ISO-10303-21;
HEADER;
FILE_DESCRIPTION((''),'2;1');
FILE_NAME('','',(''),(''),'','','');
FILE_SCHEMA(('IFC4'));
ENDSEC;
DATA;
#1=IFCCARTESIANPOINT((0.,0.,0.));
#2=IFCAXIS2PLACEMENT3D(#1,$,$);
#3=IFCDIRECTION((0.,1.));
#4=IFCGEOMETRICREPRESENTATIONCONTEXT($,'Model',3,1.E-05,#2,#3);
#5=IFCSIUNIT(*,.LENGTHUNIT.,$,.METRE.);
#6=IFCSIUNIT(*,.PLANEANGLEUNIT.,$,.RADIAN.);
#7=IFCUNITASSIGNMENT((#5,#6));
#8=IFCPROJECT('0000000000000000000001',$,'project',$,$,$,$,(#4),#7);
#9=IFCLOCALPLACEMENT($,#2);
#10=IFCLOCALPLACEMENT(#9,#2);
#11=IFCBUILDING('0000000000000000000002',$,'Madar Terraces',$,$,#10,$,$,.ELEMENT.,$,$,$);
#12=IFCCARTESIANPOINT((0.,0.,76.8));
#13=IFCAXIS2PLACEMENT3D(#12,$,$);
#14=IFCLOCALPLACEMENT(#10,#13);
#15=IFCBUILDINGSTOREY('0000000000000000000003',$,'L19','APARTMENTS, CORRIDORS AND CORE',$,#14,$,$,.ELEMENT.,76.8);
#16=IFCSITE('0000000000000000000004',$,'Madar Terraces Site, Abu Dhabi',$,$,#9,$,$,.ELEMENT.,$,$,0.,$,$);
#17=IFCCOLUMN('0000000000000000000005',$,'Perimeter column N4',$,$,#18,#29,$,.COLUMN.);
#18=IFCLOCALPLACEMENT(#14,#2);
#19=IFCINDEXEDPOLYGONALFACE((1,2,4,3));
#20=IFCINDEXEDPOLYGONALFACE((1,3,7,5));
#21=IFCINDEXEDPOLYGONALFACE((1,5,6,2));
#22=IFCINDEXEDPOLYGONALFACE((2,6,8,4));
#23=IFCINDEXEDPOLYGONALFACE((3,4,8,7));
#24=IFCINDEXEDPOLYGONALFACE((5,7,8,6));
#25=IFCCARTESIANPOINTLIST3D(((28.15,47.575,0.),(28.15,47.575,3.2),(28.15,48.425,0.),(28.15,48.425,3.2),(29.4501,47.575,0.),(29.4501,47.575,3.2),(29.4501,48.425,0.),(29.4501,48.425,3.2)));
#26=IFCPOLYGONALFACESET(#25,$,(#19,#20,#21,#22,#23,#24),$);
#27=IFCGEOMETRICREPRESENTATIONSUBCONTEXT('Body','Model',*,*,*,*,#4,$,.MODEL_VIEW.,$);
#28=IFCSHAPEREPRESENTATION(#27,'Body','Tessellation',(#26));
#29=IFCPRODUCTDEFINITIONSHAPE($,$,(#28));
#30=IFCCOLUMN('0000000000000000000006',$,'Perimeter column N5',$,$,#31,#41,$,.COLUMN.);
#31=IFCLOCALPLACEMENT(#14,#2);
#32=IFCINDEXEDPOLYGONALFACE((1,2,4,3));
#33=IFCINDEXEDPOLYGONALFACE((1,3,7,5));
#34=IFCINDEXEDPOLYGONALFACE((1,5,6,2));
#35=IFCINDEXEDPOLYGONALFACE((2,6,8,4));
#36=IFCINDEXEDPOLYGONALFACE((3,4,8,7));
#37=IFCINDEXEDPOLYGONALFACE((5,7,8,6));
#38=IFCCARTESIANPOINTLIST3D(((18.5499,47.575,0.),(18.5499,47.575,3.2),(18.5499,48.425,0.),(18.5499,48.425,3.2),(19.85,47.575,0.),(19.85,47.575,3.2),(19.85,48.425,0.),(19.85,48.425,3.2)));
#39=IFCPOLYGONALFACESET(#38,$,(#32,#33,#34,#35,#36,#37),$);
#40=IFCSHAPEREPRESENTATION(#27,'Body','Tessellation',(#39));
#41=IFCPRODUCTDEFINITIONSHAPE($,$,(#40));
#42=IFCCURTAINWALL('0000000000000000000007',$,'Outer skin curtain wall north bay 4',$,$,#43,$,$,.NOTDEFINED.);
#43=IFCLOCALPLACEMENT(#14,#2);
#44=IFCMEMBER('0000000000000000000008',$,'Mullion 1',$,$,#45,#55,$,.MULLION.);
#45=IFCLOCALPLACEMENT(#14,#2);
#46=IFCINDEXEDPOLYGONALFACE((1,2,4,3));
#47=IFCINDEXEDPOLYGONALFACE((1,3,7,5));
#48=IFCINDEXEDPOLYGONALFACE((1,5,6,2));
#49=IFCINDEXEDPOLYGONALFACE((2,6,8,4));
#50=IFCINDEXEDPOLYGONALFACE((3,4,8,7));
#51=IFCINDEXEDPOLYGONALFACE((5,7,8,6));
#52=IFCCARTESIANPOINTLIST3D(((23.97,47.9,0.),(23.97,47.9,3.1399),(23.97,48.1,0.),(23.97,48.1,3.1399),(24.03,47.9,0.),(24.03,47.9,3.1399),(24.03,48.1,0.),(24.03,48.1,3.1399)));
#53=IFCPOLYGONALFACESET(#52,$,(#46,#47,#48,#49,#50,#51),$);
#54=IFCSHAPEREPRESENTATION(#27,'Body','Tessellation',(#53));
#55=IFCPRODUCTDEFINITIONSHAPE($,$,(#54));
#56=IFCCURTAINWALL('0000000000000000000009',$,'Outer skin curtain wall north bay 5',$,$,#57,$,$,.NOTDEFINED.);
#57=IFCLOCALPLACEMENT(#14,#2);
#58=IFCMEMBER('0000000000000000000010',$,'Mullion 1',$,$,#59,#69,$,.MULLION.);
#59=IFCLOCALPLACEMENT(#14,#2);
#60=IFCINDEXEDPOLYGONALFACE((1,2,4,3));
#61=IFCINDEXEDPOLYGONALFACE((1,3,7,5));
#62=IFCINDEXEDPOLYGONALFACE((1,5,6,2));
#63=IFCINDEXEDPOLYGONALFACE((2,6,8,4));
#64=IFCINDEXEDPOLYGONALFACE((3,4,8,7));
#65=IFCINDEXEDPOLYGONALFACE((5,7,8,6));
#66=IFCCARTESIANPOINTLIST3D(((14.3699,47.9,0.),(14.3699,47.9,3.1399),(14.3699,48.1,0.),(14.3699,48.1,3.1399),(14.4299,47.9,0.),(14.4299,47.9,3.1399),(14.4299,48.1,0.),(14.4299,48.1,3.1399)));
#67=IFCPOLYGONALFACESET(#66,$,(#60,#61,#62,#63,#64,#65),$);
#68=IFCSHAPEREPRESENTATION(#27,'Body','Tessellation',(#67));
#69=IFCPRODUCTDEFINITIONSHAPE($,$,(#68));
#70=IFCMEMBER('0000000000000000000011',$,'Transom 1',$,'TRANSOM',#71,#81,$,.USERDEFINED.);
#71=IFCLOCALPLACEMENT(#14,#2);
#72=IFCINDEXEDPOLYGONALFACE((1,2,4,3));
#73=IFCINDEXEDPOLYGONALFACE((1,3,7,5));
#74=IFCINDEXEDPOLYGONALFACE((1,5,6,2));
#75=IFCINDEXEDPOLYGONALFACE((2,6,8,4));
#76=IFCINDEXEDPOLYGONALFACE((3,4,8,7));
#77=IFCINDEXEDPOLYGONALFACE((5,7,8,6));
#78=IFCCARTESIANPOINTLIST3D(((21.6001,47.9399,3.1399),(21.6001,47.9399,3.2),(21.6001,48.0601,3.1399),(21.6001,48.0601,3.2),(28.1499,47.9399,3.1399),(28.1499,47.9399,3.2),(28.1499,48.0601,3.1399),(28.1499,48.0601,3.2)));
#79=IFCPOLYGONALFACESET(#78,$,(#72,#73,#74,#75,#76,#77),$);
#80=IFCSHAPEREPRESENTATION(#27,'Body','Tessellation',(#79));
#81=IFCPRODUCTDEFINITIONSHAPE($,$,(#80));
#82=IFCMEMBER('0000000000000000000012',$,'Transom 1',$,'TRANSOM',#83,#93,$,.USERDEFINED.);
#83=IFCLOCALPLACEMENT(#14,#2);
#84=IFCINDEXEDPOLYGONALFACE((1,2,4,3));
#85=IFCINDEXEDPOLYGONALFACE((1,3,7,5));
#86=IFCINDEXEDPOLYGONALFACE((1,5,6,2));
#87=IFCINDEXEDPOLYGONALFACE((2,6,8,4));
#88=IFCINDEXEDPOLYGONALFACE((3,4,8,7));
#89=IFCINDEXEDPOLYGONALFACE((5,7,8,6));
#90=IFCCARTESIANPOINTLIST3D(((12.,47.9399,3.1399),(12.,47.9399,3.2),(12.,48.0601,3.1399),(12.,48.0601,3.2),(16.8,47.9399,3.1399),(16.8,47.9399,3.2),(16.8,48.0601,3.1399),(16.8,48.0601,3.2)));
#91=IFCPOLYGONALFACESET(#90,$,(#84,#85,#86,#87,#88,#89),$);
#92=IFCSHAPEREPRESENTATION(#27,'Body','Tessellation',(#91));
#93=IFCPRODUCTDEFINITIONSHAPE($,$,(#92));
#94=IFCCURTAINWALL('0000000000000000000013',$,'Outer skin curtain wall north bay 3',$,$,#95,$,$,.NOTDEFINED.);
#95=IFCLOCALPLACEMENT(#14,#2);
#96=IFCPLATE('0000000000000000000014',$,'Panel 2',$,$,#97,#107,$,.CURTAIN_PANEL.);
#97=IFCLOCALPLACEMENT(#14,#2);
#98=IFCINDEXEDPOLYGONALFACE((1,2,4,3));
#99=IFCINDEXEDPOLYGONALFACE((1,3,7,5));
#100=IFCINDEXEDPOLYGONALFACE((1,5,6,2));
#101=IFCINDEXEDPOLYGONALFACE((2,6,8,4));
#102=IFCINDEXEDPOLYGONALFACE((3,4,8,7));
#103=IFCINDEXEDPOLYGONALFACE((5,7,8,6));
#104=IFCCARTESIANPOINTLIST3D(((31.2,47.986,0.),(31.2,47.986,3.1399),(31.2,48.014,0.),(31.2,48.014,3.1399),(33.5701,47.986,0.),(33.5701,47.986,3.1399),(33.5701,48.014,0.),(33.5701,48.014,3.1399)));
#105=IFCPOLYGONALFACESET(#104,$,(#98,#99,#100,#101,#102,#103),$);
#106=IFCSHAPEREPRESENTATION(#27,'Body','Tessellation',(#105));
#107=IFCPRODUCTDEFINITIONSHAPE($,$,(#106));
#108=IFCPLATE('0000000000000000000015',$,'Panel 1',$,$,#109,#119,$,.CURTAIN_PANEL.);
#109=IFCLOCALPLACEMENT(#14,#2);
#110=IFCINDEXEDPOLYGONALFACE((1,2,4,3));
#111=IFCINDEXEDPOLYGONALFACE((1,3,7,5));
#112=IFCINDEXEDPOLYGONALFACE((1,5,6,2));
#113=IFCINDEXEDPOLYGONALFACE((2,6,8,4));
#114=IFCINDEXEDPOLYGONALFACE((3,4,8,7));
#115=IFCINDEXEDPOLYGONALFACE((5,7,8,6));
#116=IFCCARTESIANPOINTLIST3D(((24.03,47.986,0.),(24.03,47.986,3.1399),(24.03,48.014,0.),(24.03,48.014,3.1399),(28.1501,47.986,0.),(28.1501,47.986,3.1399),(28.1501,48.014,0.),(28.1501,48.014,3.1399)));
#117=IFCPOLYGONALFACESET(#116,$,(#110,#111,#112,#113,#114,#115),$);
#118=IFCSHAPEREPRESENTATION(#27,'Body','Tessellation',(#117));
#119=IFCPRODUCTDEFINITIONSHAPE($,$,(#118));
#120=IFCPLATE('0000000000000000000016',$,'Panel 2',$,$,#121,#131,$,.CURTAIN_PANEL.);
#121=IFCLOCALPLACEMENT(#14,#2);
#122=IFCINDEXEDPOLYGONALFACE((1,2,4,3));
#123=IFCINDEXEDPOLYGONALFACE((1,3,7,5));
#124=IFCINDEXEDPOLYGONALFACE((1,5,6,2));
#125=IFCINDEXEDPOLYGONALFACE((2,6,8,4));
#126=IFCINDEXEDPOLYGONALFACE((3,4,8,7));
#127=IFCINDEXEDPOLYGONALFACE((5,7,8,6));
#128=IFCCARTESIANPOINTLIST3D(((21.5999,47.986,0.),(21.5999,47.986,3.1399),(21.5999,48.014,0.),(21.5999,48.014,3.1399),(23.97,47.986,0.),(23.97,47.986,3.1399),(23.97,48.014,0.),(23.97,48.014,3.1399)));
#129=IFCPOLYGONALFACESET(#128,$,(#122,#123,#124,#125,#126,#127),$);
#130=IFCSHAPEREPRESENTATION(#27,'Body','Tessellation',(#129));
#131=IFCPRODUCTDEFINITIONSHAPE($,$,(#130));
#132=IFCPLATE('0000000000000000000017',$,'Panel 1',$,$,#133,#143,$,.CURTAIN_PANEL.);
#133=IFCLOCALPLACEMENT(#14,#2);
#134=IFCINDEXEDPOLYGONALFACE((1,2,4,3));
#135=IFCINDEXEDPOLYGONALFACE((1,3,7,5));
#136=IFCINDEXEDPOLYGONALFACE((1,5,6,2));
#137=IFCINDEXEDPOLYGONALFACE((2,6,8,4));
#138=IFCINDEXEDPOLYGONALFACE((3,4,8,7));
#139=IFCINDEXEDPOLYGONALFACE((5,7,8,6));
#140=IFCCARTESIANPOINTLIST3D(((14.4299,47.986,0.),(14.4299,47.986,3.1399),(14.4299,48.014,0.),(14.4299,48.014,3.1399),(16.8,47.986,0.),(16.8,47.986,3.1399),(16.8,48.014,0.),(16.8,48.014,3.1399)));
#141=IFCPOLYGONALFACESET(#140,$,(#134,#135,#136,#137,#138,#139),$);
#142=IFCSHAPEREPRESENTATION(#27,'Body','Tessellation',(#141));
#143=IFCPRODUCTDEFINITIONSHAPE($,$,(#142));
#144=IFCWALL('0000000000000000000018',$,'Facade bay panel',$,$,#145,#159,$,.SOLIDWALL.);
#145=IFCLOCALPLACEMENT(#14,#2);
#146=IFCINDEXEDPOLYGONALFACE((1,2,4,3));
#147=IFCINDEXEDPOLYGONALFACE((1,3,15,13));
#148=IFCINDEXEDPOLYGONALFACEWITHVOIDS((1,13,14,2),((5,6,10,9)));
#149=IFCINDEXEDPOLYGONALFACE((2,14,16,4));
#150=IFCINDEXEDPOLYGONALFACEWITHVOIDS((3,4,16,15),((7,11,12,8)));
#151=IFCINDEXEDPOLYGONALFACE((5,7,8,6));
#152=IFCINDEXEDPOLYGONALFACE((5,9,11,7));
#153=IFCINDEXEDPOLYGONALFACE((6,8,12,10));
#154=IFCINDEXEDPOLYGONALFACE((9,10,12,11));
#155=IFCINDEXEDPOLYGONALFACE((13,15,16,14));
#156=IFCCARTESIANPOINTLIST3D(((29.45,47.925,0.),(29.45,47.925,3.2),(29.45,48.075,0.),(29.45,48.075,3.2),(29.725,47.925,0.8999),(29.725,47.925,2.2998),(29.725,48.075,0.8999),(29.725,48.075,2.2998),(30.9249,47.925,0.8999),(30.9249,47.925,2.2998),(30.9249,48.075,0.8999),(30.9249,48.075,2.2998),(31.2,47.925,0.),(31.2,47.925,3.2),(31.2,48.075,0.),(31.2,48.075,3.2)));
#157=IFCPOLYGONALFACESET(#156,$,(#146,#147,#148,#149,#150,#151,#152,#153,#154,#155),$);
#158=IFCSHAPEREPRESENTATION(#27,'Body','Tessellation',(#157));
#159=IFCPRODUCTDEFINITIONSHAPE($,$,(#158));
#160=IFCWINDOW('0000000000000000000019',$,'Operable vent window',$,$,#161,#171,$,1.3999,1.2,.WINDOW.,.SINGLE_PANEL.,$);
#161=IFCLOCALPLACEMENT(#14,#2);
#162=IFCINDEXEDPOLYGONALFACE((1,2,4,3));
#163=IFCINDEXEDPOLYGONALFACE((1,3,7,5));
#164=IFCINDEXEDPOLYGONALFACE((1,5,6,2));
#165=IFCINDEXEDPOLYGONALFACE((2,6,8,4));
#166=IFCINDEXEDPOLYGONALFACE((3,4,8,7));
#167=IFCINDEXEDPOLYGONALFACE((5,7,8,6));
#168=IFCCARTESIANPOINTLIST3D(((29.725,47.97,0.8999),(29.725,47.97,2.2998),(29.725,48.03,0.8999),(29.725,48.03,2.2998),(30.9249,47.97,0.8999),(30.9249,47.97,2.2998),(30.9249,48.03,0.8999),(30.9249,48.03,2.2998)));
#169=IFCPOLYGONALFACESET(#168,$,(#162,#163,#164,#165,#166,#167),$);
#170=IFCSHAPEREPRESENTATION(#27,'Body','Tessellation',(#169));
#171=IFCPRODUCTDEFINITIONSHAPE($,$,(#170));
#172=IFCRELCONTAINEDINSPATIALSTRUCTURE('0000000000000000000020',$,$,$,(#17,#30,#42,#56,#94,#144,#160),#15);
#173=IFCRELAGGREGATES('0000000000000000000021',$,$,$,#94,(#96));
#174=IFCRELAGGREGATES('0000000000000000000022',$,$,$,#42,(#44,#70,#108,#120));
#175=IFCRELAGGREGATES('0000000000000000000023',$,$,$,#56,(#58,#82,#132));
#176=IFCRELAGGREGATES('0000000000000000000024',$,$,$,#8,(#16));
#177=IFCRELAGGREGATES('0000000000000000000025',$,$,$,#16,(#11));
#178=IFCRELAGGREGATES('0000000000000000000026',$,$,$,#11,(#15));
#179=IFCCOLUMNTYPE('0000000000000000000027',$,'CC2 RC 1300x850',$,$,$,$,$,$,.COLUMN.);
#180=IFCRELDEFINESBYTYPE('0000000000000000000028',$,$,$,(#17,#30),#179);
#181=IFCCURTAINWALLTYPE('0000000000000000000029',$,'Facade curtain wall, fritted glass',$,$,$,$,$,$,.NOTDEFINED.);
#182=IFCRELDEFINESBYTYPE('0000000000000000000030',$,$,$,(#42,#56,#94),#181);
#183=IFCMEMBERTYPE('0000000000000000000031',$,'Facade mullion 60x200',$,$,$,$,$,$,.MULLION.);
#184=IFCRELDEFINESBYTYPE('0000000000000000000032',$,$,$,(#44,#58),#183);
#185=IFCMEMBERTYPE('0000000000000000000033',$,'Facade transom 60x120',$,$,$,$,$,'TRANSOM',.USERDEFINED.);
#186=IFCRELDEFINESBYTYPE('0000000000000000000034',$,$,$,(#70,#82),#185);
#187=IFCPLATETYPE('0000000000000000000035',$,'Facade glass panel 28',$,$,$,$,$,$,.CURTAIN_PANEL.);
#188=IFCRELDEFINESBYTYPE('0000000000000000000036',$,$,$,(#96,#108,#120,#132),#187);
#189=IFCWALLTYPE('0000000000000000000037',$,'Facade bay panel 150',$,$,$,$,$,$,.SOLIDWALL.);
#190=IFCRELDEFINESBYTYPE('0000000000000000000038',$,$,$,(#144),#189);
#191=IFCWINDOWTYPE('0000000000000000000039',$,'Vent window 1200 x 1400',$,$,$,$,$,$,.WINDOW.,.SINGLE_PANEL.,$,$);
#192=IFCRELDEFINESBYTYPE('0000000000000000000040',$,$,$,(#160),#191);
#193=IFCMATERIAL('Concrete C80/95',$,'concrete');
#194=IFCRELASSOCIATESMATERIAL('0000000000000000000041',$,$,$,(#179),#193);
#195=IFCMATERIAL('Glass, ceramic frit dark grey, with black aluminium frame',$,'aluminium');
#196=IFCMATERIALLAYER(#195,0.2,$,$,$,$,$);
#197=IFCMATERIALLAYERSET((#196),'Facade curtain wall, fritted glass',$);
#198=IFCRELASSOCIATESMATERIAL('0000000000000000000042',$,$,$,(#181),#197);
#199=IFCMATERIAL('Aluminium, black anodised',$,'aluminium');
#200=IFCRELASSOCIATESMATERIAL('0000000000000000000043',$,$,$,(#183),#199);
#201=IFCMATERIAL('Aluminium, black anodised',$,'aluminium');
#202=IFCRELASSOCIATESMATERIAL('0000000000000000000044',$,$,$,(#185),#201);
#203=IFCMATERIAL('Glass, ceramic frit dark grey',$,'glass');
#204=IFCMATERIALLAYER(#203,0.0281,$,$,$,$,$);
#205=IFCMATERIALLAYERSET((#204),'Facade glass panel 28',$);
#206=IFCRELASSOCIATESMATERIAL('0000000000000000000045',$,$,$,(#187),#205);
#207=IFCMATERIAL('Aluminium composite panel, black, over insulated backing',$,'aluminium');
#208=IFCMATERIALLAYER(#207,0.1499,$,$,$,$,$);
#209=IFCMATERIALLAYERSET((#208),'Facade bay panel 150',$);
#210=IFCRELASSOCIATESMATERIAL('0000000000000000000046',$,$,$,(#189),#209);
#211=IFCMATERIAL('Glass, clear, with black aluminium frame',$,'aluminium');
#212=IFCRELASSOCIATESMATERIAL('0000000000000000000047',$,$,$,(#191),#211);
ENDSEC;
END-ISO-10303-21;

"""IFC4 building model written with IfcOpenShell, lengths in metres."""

from ifc_helpers import new_model, si_unit, direction, frame, frame_2d, origin, origin_2d, place, context, subcontext, project, spatial, rectangle, extrude, material, layer, layer_set, material_profile, profile_set, type_object, element, fill, aggregate, save


model = new_model("IFC4")

# Units and contexts
model_context = context("Model", 3, precision=1e-05, world=origin(), true_north=direction((0.0, 1.0)))
body_context = subcontext(model_context, "Body", "Model", "MODEL_VIEW")
ifc_project = project(units=[si_unit("LENGTHUNIT", "METRE"), si_unit("PLANEANGLEUNIT", "RADIAN")], contexts=[model_context])

# Site, building, storey
site_placement = place(None, origin())
site = spatial("IfcSite", under=ifc_project, at=site_placement, Name="Madar Terraces Site, Abu Dhabi", CompositionType="ELEMENT", RefElevation=0.0)
building_placement = place(site_placement, origin())
building = spatial("IfcBuilding", under=site, at=building_placement, Name="Madar Terraces", CompositionType="ELEMENT")
storey_placement = place(building_placement, frame((0.0, 0.0, 76.8)))
storey = spatial("IfcBuildingStorey", under=building, at=storey_placement, Name="L19", Description="APARTMENTS, CORRIDORS AND CORE", CompositionType="ELEMENT", Elevation=76.8)

# Columns
ifc_material_1 = material(Name="Concrete C80/95", Category="concrete")
ifc_material_profile_1 = material_profile(ifc_material_1, rectangle(XDim=1.3, YDim=0.8501, at=origin_2d()), Name="CC2 RC 1300x850")
ifc_profile_set_1 = profile_set([ifc_material_profile_1], Name="Concrete C80/95")
column_type = type_object("IfcColumnType", Name="CC2 RC 1300x850", PredefinedType="COLUMN", material=ifc_profile_set_1)
for number, where, z_axis, x_axis, name in (
    (1, (28.8, 48.0, 0.0), (0.0, 0.0, 1.0), (1.0, 0.0, 0.0), "Perimeter column N4"),
    (2, (19.2, 48.0, 0.0), (0.0, 0.0, 1.0), (1.0, 0.0, 0.0), "Perimeter column N5"),
):
    element("IfcColumn", number, at=place(storey_placement, frame(where, z_axis=z_axis, x_axis=x_axis)), inside=storey, type_object=column_type, Name=name, PredefinedType="COLUMN", context=body_context, shape_type="SweptSolid", body=[
        extrude(rectangle(XDim=1.3, YDim=0.8501, at=origin_2d()), origin(), (0.0, 0.0, 1.0), 3.2),
    ])

# Curtain walls, members
ifc_material_2 = material(Name="Glass, ceramic frit dark grey, with black aluminium frame", Category="aluminium")
ifc_layer_1 = layer(ifc_material_2, 0.2)
ifc_layer_set_1 = layer_set([ifc_layer_1], Name="Facade curtain wall, fritted glass")
curtain_wall_type = type_object("IfcCurtainWallType", Name="Facade curtain wall, fritted glass", PredefinedType="NOTDEFINED", material=ifc_layer_set_1)
curtain_wall_1_placement = place(storey_placement, origin())
curtain_wall_1 = element("IfcCurtainWall", 3, at=curtain_wall_1_placement, inside=storey, type_object=curtain_wall_type, Name="Outer skin curtain wall north bay 4", PredefinedType="NOTDEFINED")
ifc_material_3 = material(Name="Aluminium, black anodised", Category="aluminium")
ifc_material_profile_2 = material_profile(ifc_material_3, rectangle(XDim=0.2, YDim=0.0601, at=origin_2d()), Name="Facade mullion 60x200")
ifc_profile_set_2 = profile_set([ifc_material_profile_2], Name="Aluminium, black anodised")
member_type_1 = type_object("IfcMemberType", Name="Facade mullion 60x200", PredefinedType="MULLION", material=ifc_profile_set_2)
member_1_placement = place(storey_placement, frame((24.0, 48.0, 0.0), z_axis=(0.0, 0.0, 1.0), x_axis=(0.0, -1.0, 0.0)))
member_1 = element("IfcMember", 4, at=member_1_placement, type_object=member_type_1, Name="Mullion 1", PredefinedType="MULLION", context=body_context, shape_type="SweptSolid", body=[
    extrude(rectangle(XDim=0.2, YDim=0.0601, at=origin_2d()), origin(), (0.0, 0.0, 1.0), 3.1399),
])
curtain_wall_2_placement = place(storey_placement, origin())
curtain_wall_2 = element("IfcCurtainWall", 5, at=curtain_wall_2_placement, inside=storey, type_object=curtain_wall_type, Name="Outer skin curtain wall north bay 5", PredefinedType="NOTDEFINED")
member_2_placement = place(storey_placement, frame((14.3999, 48.0, 0.0), z_axis=(0.0, 0.0, 1.0), x_axis=(0.0, -1.0, 0.0)))
member_2 = element("IfcMember", 6, at=member_2_placement, type_object=member_type_1, Name="Mullion 1", PredefinedType="MULLION", context=body_context, shape_type="SweptSolid", body=[
    extrude(rectangle(XDim=0.2, YDim=0.0601, at=origin_2d()), origin(), (0.0, 0.0, 1.0), 3.1399),
])

# Members
ifc_material_4 = material(Name="Aluminium, black anodised", Category="aluminium")
ifc_material_profile_3 = material_profile(ifc_material_4, rectangle(XDim=0.1201, YDim=0.0601, at=origin_2d()), Name="Facade transom 60x120")
ifc_profile_set_3 = profile_set([ifc_material_profile_3], Name="Aluminium, black anodised")
member_type_2 = type_object("IfcMemberType", Name="Facade transom 60x120", ElementType="TRANSOM", PredefinedType="USERDEFINED", material=ifc_profile_set_3)
member_3_placement = place(storey_placement, frame((28.1499, 48.0, 3.1699), z_axis=(-1.0, 0.0, 0.0), x_axis=(0.0, -1.0, 0.0)))
member_3 = element("IfcMember", 7, at=member_3_placement, type_object=member_type_2, Name="Transom 1", ObjectType="TRANSOM", PredefinedType="USERDEFINED", context=body_context, shape_type="SweptSolid", body=[
    extrude(rectangle(XDim=0.1201, YDim=0.0601, at=origin_2d()), origin(), (0.0, 0.0, 1.0), 6.5498),
])
member_4_placement = place(storey_placement, frame((16.8, 48.0, 3.1699), z_axis=(-1.0, 0.0, 0.0), x_axis=(0.0, -1.0, 0.0)))
member_4 = element("IfcMember", 8, at=member_4_placement, type_object=member_type_2, Name="Transom 1", ObjectType="TRANSOM", PredefinedType="USERDEFINED", context=body_context, shape_type="SweptSolid", body=[
    extrude(rectangle(XDim=0.1201, YDim=0.0601, at=origin_2d()), origin(), (0.0, 0.0, 1.0), 4.8),
])

# Curtain wall, plate
curtain_wall_3_placement = place(storey_placement, origin())
curtain_wall_3 = element("IfcCurtainWall", 9, at=curtain_wall_3_placement, inside=storey, type_object=curtain_wall_type, Name="Outer skin curtain wall north bay 3", PredefinedType="NOTDEFINED")
ifc_material_5 = material(Name="Glass, ceramic frit dark grey", Category="glass")
ifc_layer_2 = layer(ifc_material_5, 0.0281)
ifc_layer_set_2 = layer_set([ifc_layer_2], Name="Facade glass panel 28")
plate_type = type_object("IfcPlateType", Name="Facade glass panel 28", PredefinedType="CURTAIN_PANEL", material=ifc_layer_set_2)
plate_1_placement = place(storey_placement, frame((32.385, 48.0, 0.0), z_axis=(0.0, 0.0, 1.0), x_axis=(-1.0, 0.0, 0.0)))
plate_1 = element("IfcPlate", 10, at=plate_1_placement, type_object=plate_type, Name="Panel 2", PredefinedType="CURTAIN_PANEL", context=body_context, shape_type="SweptSolid", body=[
    extrude(rectangle(XDim=2.3701, YDim=0.0281, at=origin_2d()), origin(), (0.0, 0.0, 1.0), 3.1399),
])
aggregate(curtain_wall_3, [plate_1])

# Plates
plate_2_placement = place(storey_placement, frame((26.0901, 48.0, 0.0), z_axis=(0.0, 0.0, 1.0), x_axis=(-1.0, 0.0, 0.0)))
plate_2 = element("IfcPlate", 11, at=plate_2_placement, type_object=plate_type, Name="Panel 1", PredefinedType="CURTAIN_PANEL", context=body_context, shape_type="SweptSolid", body=[
    extrude(rectangle(XDim=4.1201, YDim=0.0281, at=origin_2d()), origin(), (0.0, 0.0, 1.0), 3.1399),
])
plate_3_placement = place(storey_placement, frame((22.7849, 48.0, 0.0), z_axis=(0.0, 0.0, 1.0), x_axis=(-1.0, 0.0, 0.0)))
plate_3 = element("IfcPlate", 12, at=plate_3_placement, type_object=plate_type, Name="Panel 2", PredefinedType="CURTAIN_PANEL", context=body_context, shape_type="SweptSolid", body=[
    extrude(rectangle(XDim=2.3701, YDim=0.0281, at=origin_2d()), origin(), (0.0, 0.0, 1.0), 3.1399),
])
aggregate(curtain_wall_1, [member_1, member_3, plate_2, plate_3])
plate_4_placement = place(storey_placement, frame((15.615, 48.0, 0.0), z_axis=(0.0, 0.0, 1.0), x_axis=(-1.0, 0.0, 0.0)))
plate_4 = element("IfcPlate", 13, at=plate_4_placement, type_object=plate_type, Name="Panel 1", PredefinedType="CURTAIN_PANEL", context=body_context, shape_type="SweptSolid", body=[
    extrude(rectangle(XDim=2.3701, YDim=0.0281, at=origin_2d()), origin(), (0.0, 0.0, 1.0), 3.1399),
])
aggregate(curtain_wall_2, [member_2, member_4, plate_4])

# Wall, opening, window
ifc_material_6 = material(Name="Aluminium composite panel, black, over insulated backing", Category="aluminium")
ifc_layer_3 = layer(ifc_material_6, 0.1499)
ifc_layer_set_3 = layer_set([ifc_layer_3], Name="Facade bay panel 150")
wall_type_1 = type_object("IfcWallType", Name="Facade bay panel 150", PredefinedType="SOLIDWALL", material=ifc_layer_set_3)
wall_1_placement = place(storey_placement, frame((31.2, 48.0, 0.0), z_axis=(0.0, 0.0, 1.0), x_axis=(-1.0, 0.0, 0.0)))
wall_1 = element("IfcWall", 14, at=wall_1_placement, inside=storey, type_object=wall_type_1, Name="Facade bay panel", PredefinedType="SOLIDWALL", context=body_context, shape_type="SweptSolid", body=[
    extrude(rectangle(XDim=1.75, YDim=0.1499, at=frame_2d((0.875, 0.0))), origin(), (0.0, 0.0, 1.0), 3.2),
])
opening_1_placement = place(wall_1_placement, frame((0.2749, 0.0, 0.8999)))
opening_1 = element("IfcOpeningElement", 15, at=opening_1_placement, cuts=wall_1, PredefinedType="OPENING", context=body_context, shape_type="SweptSolid", body=[
    extrude(rectangle(XDim=1.2, YDim=1.3999, at=frame_2d((0.6001, 0.7))), frame((0.0, 0.085, 0.0), z_axis=(0.0, -1.0, 0.0), x_axis=(1.0, 0.0, 0.0)), (0.0, 0.0, 1.0), 0.1699),
])
ifc_material_7 = material(Name="Glass, clear, with black aluminium frame", Category="aluminium")
window_type = type_object("IfcWindowType", Name="Vent window 1200 x 1400", PartitioningType="SINGLE_PANEL", PredefinedType="WINDOW", material=ifc_material_7)
window_1_placement = place(opening_1_placement, origin())
window_1 = element("IfcWindow", 16, at=window_1_placement, inside=storey, type_object=window_type, Name="Operable vent window", OverallHeight=1.3999, OverallWidth=1.2, PartitioningType="SINGLE_PANEL", PredefinedType="WINDOW", context=body_context, shape_type="SweptSolid", body=[
    extrude(rectangle(XDim=1.2, YDim=1.3999, at=frame_2d((0.6001, 0.7))), frame((0.0, 0.03, 0.0), z_axis=(0.0, -1.0, 0.0), x_axis=(1.0, 0.0, 0.0)), (0.0, 0.0, 1.0), 0.0601),
])
fill(opening_1, window_1)

save(model, "model.ifc")
